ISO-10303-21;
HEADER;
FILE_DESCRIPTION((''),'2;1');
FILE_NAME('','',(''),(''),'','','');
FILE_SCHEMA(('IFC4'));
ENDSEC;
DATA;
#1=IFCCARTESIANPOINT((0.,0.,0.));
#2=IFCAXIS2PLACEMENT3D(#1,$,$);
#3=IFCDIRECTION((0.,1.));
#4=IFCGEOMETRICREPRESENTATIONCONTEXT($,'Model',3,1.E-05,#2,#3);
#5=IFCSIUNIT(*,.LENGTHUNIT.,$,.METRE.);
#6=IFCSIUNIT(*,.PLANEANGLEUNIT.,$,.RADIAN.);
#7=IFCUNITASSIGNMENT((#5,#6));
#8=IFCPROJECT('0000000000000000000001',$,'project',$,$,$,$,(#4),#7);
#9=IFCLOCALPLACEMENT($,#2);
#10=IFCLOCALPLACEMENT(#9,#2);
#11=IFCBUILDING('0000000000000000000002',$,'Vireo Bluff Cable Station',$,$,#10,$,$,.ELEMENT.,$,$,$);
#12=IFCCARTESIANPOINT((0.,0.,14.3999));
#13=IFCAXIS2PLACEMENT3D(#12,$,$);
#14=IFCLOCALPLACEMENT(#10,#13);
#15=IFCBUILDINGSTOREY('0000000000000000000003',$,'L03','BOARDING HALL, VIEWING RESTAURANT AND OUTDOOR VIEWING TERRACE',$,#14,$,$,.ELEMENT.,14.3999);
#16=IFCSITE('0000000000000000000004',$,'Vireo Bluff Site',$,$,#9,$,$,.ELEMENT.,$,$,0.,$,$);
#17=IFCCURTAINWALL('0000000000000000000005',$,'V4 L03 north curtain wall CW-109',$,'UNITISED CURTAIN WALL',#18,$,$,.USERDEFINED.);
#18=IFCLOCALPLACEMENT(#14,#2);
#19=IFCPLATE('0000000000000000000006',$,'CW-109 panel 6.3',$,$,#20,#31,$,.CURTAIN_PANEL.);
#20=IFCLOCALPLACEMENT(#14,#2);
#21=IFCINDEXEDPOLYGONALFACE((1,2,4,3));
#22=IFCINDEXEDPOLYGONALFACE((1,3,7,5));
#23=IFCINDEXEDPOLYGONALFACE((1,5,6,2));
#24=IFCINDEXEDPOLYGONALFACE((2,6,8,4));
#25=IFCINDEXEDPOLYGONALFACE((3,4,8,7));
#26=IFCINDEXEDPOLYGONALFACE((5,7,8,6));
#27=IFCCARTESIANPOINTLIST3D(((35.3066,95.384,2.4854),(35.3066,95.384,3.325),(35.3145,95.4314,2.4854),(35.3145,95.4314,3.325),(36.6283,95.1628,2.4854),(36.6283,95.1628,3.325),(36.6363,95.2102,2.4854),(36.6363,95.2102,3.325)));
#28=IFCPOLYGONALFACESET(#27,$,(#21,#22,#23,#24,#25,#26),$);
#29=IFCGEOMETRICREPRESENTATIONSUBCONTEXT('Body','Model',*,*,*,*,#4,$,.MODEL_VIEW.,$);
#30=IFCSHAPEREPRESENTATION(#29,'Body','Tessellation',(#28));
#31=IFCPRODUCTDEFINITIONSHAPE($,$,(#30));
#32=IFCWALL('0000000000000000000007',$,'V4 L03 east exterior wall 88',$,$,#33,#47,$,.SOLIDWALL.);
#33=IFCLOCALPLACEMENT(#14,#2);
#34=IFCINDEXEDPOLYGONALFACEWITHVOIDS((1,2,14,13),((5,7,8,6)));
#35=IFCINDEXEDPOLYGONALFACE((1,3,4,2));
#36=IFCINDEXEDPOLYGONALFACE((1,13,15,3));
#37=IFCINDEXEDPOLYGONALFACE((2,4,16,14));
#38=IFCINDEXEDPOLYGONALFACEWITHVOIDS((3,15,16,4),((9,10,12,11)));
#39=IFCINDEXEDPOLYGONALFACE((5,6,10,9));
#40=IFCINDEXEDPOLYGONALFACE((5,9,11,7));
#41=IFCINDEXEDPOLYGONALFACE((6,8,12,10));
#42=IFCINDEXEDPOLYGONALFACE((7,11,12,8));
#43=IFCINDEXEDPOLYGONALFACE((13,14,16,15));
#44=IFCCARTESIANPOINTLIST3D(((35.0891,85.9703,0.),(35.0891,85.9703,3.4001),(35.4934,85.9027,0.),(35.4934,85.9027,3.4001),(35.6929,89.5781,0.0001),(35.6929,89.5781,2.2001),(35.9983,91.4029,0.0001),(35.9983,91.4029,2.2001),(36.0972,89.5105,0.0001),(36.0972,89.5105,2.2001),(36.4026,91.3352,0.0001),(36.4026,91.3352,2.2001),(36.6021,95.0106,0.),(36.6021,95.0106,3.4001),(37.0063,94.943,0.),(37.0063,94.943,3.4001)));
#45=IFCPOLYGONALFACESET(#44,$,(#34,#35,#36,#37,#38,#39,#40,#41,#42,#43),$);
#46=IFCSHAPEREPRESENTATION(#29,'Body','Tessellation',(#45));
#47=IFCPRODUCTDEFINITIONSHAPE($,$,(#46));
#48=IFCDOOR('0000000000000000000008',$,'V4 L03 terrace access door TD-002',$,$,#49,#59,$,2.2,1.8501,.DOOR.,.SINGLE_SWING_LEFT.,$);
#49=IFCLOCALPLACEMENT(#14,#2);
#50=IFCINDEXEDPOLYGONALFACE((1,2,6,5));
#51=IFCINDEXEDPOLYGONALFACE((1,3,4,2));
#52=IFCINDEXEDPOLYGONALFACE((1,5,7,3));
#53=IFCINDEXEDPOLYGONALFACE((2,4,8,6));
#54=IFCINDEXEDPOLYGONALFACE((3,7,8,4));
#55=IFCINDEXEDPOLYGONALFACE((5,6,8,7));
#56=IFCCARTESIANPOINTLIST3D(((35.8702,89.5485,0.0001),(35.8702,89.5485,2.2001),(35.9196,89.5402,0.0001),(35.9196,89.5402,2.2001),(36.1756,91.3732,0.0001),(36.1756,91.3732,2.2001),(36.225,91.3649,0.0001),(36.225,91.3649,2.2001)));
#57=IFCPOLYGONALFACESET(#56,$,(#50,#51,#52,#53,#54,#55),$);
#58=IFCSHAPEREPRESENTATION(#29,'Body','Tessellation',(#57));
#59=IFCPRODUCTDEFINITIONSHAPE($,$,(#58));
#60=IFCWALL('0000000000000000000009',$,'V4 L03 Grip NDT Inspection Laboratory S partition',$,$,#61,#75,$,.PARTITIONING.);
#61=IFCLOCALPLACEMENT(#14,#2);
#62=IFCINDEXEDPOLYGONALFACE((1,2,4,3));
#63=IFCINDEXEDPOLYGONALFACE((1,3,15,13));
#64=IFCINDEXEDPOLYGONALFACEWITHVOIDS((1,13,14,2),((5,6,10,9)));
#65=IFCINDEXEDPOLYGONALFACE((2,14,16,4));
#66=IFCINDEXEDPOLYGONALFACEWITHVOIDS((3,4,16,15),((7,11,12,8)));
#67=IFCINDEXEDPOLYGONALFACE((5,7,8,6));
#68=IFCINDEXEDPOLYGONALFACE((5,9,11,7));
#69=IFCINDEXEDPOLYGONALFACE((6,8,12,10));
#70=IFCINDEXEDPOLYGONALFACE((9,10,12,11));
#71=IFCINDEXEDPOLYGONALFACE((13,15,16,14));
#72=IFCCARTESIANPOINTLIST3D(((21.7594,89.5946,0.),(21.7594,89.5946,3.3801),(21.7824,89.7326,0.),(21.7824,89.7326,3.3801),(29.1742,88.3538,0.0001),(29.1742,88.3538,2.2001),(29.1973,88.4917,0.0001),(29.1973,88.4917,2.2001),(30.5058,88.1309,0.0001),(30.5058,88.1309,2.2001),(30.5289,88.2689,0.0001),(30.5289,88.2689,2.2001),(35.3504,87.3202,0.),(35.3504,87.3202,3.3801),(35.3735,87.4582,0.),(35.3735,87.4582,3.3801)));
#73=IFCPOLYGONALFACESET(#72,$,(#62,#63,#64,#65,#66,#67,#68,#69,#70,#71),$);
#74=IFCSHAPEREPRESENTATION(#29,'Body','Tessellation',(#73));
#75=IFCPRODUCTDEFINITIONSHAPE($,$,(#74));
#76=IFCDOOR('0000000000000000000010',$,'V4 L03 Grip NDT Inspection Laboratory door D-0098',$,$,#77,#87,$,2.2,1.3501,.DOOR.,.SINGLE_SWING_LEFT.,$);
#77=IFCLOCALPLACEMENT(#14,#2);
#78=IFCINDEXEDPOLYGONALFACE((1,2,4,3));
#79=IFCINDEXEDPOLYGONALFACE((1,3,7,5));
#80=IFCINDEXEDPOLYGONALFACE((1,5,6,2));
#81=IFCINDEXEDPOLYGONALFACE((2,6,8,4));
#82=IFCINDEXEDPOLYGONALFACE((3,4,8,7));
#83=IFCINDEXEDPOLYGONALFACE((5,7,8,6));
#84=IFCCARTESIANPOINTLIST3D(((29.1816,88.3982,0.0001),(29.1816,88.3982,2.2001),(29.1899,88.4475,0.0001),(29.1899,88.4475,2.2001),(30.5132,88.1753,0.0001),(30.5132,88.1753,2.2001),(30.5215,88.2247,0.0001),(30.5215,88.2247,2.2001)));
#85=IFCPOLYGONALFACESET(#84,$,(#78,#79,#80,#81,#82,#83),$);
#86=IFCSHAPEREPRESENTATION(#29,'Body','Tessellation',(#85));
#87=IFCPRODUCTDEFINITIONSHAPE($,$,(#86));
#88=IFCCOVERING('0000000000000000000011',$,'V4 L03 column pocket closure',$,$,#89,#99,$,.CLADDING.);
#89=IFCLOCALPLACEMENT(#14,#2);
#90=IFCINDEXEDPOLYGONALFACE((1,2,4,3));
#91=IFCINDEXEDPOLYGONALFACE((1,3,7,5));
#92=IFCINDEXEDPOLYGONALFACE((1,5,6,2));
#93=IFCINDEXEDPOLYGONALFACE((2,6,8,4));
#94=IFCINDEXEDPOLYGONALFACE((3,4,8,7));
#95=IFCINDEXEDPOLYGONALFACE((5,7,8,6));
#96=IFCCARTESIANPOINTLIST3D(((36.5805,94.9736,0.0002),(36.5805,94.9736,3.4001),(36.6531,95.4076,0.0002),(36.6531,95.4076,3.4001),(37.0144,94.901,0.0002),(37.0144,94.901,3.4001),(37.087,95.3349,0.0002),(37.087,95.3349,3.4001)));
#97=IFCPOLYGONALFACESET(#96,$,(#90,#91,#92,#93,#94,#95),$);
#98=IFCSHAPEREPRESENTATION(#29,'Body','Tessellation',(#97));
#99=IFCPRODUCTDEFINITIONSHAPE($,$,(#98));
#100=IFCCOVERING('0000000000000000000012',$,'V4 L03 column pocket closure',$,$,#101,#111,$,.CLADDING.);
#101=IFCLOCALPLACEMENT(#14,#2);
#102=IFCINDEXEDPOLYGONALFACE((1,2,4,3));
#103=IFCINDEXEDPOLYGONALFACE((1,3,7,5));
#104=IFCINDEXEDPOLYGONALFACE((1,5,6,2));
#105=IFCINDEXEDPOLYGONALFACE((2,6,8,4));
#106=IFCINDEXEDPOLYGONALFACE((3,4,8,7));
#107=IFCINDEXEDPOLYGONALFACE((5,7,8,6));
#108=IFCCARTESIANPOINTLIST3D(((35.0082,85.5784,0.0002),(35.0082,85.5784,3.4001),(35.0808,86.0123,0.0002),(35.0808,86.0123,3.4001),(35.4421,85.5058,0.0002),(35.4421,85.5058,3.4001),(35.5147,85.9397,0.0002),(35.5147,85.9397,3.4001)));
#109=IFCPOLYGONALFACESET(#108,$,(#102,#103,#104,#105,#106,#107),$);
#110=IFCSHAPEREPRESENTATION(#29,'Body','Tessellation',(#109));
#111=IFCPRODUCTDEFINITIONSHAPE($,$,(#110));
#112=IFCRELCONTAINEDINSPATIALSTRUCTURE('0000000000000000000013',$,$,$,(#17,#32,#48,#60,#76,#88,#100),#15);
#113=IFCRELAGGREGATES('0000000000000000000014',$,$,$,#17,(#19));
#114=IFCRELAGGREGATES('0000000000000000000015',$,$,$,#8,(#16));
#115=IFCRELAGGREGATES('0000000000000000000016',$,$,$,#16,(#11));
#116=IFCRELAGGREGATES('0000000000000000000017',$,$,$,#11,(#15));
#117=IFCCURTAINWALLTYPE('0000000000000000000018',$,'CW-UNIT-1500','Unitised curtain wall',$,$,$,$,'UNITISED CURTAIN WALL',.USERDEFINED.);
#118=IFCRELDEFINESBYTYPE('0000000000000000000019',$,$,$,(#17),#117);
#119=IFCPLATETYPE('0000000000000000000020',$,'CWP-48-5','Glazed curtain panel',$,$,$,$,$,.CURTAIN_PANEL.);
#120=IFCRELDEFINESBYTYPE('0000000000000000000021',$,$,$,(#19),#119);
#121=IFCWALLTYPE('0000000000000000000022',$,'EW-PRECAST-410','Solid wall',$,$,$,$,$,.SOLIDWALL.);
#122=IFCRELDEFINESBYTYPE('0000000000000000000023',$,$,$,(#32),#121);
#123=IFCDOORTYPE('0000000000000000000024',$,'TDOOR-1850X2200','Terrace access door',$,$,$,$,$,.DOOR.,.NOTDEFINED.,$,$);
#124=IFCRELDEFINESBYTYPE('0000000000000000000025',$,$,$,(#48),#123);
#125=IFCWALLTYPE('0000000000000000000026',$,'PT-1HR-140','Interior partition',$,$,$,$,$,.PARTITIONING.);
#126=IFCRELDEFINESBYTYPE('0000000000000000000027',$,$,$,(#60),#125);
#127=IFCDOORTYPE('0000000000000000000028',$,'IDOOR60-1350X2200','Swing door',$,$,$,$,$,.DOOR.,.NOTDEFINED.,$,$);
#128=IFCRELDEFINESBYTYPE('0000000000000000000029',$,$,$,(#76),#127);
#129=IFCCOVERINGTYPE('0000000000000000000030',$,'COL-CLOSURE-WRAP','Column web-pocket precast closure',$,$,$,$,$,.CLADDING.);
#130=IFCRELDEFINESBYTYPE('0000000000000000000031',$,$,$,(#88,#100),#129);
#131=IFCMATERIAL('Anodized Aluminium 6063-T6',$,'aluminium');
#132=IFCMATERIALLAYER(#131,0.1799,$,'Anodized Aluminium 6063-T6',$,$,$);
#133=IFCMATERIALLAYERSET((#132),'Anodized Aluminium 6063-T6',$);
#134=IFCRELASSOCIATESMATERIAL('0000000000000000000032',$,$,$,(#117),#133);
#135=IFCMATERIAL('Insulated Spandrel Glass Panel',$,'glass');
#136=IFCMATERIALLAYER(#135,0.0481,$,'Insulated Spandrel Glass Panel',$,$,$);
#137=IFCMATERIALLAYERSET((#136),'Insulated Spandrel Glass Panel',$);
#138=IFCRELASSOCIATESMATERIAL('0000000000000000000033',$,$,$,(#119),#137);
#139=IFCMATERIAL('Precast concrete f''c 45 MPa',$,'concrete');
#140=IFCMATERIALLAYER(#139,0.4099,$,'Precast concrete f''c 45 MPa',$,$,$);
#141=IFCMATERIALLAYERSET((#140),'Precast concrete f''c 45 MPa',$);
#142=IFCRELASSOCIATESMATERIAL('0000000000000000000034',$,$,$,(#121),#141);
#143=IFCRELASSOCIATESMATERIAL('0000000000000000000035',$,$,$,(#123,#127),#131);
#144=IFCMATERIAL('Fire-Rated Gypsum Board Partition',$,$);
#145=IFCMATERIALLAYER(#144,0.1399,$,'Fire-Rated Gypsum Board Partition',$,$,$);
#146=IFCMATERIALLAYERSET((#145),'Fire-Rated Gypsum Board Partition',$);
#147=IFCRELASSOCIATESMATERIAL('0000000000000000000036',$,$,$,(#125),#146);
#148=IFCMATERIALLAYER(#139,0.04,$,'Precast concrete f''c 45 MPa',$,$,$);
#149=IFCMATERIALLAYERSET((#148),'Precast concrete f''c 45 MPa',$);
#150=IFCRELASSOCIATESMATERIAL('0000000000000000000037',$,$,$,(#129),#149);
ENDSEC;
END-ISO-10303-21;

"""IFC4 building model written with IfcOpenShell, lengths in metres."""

from ifc_helpers import new_model, si_unit, direction, frame, frame_2d, origin, origin_with_axes, origin_2d, place, context, subcontext, project, spatial, rectangle, extrude, material, layer, layer_set, type_object, element, fill, aggregate, save


model = new_model("IFC4")

# Units and contexts
model_context = context("Model", 3, precision=1e-05, world=origin(), true_north=direction((0.0, 1.0)))
body_context = subcontext(model_context, "Body", "Model", "MODEL_VIEW")
ifc_project = project(units=[si_unit("LENGTHUNIT", "METRE"), si_unit("PLANEANGLEUNIT", "RADIAN")], contexts=[model_context])

# Site, building, storey
site_placement = place(None, origin())
site = spatial("IfcSite", under=ifc_project, at=site_placement, Name="Vireo Bluff Site", CompositionType="ELEMENT", RefElevation=0.0)
building_placement = place(site_placement, origin())
building = spatial("IfcBuilding", under=site, at=building_placement, Name="Vireo Bluff Cable Station", CompositionType="ELEMENT")
storey_placement = place(building_placement, frame((0.0, 0.0, 14.3999)))
storey = spatial("IfcBuildingStorey", under=building, at=storey_placement, Name="L03", Description="BOARDING HALL, VIEWING RESTAURANT AND OUTDOOR VIEWING TERRACE", CompositionType="ELEMENT", Elevation=14.3999)

# Curtain wall
ifc_material_1 = material(Name="Anodized Aluminium 6063-T6", Category="aluminium")
ifc_layer_1 = layer(ifc_material_1, 0.1799, Name="Anodized Aluminium 6063-T6")
ifc_layer_set_1 = layer_set([ifc_layer_1], Name="Anodized Aluminium 6063-T6")
curtain_wall_type_1 = type_object("IfcCurtainWallType", Name="CW-UNIT-1500", Description="Unitised curtain wall", ElementType="UNITISED CURTAIN WALL", PredefinedType="USERDEFINED", material=ifc_layer_set_1)
curtain_wall_1_placement = place(storey_placement, origin())
curtain_wall_1 = element("IfcCurtainWall", 1, at=curtain_wall_1_placement, inside=storey, type_object=curtain_wall_type_1, Name="V4 L03 north curtain wall CW-109", ObjectType="UNITISED CURTAIN WALL", PredefinedType="USERDEFINED")

# Plate
ifc_material_2 = material(Name="Insulated Spandrel Glass Panel", Category="glass")
ifc_layer_2 = layer(ifc_material_2, 0.0481, Name="Insulated Spandrel Glass Panel")
ifc_layer_set_2 = layer_set([ifc_layer_2], Name="Insulated Spandrel Glass Panel")
plate_type = type_object("IfcPlateType", Name="CWP-48-5", Description="Glazed curtain panel", PredefinedType="CURTAIN_PANEL", material=ifc_layer_set_2)
plate_1_placement = place(storey_placement, frame((35.9714, 95.2971, 2.4854), z_axis=(0.0, 0.0, 1.0), x_axis=(0.986286, -0.165048, 0.0)))
plate_1 = element("IfcPlate", 2, at=plate_1_placement, type_object=plate_type, Name="CW-109 panel 6.3", PredefinedType="CURTAIN_PANEL", context=body_context, shape_type="SweptSolid", body=[
    extrude(rectangle(XDim=1.3401, YDim=0.0481, at=origin_2d()), origin(), (0.0, 0.0, 1.0), 0.8396),
])
aggregate(curtain_wall_1, [plate_1])

# Walls, openings, doors
ifc_material_3 = material(Name="Precast concrete f'c 45 MPa", Category="concrete")
ifc_layer_3 = layer(ifc_material_3, 0.4099, Name="Precast concrete f'c 45 MPa")
ifc_layer_set_3 = layer_set([ifc_layer_3], Name="Precast concrete f'c 45 MPa")
wall_type_1 = type_object("IfcWallType", Name="EW-PRECAST-410", Description="Solid wall", PredefinedType="SOLIDWALL", material=ifc_layer_set_3)
wall_1_placement = place(storey_placement, frame((36.8042, 94.9768, 0.0), z_axis=(0.0, 0.0, 1.0), x_axis=(-0.16506, -0.986284, 0.0)))
wall_1 = element("IfcWall", 3, at=wall_1_placement, inside=storey, type_object=wall_type_1, Name="V4 L03 east exterior wall 88", PredefinedType="SOLIDWALL", context=body_context, shape_type="SweptSolid", body=[
    extrude(rectangle(XDim=9.166, YDim=0.4099, at=frame_2d((4.583, 0.0))), origin(), (0.0, 0.0, 1.0), 3.4001),
])
opening_1_placement = place(wall_1_placement, frame((3.658, 0.0, 0.0)))
opening_1 = element("IfcOpeningElement", 4, at=opening_1_placement, cuts=wall_1, PredefinedType="OPENING", context=body_context, shape_type="SweptSolid", body=[
    extrude(rectangle(XDim=1.8501, YDim=2.2, at=frame_2d((0.925, 1.1001))), frame((0.0, 0.2148, 0.0), z_axis=(0.0, -1.0, 0.0), x_axis=(1.0, 0.0, 0.0)), (0.0, 0.0, 1.0), 0.4299),
])
door_type_1 = type_object("IfcDoorType", Name="TDOOR-1850X2200", Description="Terrace access door", OperationType="NOTDEFINED", PredefinedType="DOOR", material=ifc_material_1)
door_1_placement = place(opening_1_placement, origin_with_axes())
door_1 = element("IfcDoor", 5, at=door_1_placement, inside=storey, type_object=door_type_1, Name="V4 L03 terrace access door TD-002", OperationType="SINGLE_SWING_LEFT", OverallHeight=2.2, OverallWidth=1.8501, PredefinedType="DOOR", context=body_context, shape_type="SweptSolid", body=[
    extrude(rectangle(XDim=1.8501, YDim=2.2, at=frame_2d((0.925, 1.1001))), frame((0.0, 0.0249, 0.0), z_axis=(0.0, -1.0, 0.0), x_axis=(1.0, 0.0, 0.0)), (0.0, 0.0, 1.0), 0.05),
])
fill(opening_1, door_1)
ifc_material_4 = material(Name="Fire-Rated Gypsum Board Partition")
ifc_layer_4 = layer(ifc_material_4, 0.1399, Name="Fire-Rated Gypsum Board Partition")
ifc_layer_set_4 = layer_set([ifc_layer_4], Name="Fire-Rated Gypsum Board Partition")
wall_type_2 = type_object("IfcWallType", Name="PT-1HR-140", Description="Interior partition", PredefinedType="PARTITIONING", material=ifc_layer_set_4)
wall_2_placement = place(storey_placement, frame((35.3621, 87.3892, 0.0), z_axis=(0.0, 0.0, 1.0), x_axis=(-0.986285, 0.165051, 0.0)))
wall_2 = element("IfcWall", 6, at=wall_2_placement, inside=storey, type_object=wall_type_2, Name="V4 L03 Grip NDT Inspection Laboratory S partition", PredefinedType="PARTITIONING", context=body_context, shape_type="SweptSolid", body=[
    extrude(rectangle(XDim=13.78, YDim=0.1399, at=frame_2d((6.8901, 0.0))), origin(), (0.0, 0.0, 1.0), 3.3801),
])
opening_2_placement = place(wall_2_placement, frame((4.9121, 0.0, 0.0)))
opening_2 = element("IfcOpeningElement", 7, at=opening_2_placement, cuts=wall_2, PredefinedType="OPENING", context=body_context, shape_type="SweptSolid", body=[
    extrude(rectangle(XDim=1.3501, YDim=2.2, at=frame_2d((0.675, 1.1001))), frame((0.0, 0.0801, 0.0), z_axis=(0.0, -1.0, 0.0), x_axis=(1.0, 0.0, 0.0)), (0.0, 0.0, 1.0), 0.1599),
])
door_type_2 = type_object("IfcDoorType", Name="IDOOR60-1350X2200", Description="Swing door", OperationType="NOTDEFINED", PredefinedType="DOOR", material=ifc_material_1)
door_2_placement = place(opening_2_placement, origin_with_axes())
door_2 = element("IfcDoor", 8, at=door_2_placement, inside=storey, type_object=door_type_2, Name="V4 L03 Grip NDT Inspection Laboratory door D-0098", OperationType="SINGLE_SWING_LEFT", OverallHeight=2.2, OverallWidth=1.3501, PredefinedType="DOOR", context=body_context, shape_type="SweptSolid", body=[
    extrude(rectangle(XDim=1.3501, YDim=2.2, at=frame_2d((0.675, 1.1001))), frame((0.0, 0.0249, 0.0), z_axis=(0.0, -1.0, 0.0), x_axis=(1.0, 0.0, 0.0)), (0.0, 0.0, 1.0), 0.05),
])
fill(opening_2, door_2)

# Coverings
ifc_layer_5 = layer(ifc_material_3, 0.04, Name="Precast concrete f'c 45 MPa")
ifc_layer_set_5 = layer_set([ifc_layer_5], Name="Precast concrete f'c 45 MPa")
covering_type = type_object("IfcCoveringType", Name="COL-CLOSURE-WRAP", Description="Column web-pocket precast closure", PredefinedType="CLADDING", material=ifc_layer_set_5)
for number, where, z_axis, x_axis, name in (
    (9, (36.8337, 95.1543, 0.0002), (0.0, 0.0, 1.0), (0.986286, -0.165048, 0.0), "V4 L03 column pocket closure"),
    (10, (35.2615, 85.759, 0.0002), (0.0, 0.0, 1.0), (0.986286, -0.165048, 0.0), "V4 L03 column pocket closure"),
):
    element("IfcCovering", number, at=place(storey_placement, frame(where, z_axis=z_axis, x_axis=x_axis)), inside=storey, type_object=covering_type, Name=name, PredefinedType="CLADDING", context=body_context, shape_type="SweptSolid", body=[
        extrude(rectangle(XDim=0.4399, YDim=0.4399, at=origin_2d()), origin(), (0.0, 0.0, 1.0), 3.3999),
    ])

save(model, "model.ifc")
